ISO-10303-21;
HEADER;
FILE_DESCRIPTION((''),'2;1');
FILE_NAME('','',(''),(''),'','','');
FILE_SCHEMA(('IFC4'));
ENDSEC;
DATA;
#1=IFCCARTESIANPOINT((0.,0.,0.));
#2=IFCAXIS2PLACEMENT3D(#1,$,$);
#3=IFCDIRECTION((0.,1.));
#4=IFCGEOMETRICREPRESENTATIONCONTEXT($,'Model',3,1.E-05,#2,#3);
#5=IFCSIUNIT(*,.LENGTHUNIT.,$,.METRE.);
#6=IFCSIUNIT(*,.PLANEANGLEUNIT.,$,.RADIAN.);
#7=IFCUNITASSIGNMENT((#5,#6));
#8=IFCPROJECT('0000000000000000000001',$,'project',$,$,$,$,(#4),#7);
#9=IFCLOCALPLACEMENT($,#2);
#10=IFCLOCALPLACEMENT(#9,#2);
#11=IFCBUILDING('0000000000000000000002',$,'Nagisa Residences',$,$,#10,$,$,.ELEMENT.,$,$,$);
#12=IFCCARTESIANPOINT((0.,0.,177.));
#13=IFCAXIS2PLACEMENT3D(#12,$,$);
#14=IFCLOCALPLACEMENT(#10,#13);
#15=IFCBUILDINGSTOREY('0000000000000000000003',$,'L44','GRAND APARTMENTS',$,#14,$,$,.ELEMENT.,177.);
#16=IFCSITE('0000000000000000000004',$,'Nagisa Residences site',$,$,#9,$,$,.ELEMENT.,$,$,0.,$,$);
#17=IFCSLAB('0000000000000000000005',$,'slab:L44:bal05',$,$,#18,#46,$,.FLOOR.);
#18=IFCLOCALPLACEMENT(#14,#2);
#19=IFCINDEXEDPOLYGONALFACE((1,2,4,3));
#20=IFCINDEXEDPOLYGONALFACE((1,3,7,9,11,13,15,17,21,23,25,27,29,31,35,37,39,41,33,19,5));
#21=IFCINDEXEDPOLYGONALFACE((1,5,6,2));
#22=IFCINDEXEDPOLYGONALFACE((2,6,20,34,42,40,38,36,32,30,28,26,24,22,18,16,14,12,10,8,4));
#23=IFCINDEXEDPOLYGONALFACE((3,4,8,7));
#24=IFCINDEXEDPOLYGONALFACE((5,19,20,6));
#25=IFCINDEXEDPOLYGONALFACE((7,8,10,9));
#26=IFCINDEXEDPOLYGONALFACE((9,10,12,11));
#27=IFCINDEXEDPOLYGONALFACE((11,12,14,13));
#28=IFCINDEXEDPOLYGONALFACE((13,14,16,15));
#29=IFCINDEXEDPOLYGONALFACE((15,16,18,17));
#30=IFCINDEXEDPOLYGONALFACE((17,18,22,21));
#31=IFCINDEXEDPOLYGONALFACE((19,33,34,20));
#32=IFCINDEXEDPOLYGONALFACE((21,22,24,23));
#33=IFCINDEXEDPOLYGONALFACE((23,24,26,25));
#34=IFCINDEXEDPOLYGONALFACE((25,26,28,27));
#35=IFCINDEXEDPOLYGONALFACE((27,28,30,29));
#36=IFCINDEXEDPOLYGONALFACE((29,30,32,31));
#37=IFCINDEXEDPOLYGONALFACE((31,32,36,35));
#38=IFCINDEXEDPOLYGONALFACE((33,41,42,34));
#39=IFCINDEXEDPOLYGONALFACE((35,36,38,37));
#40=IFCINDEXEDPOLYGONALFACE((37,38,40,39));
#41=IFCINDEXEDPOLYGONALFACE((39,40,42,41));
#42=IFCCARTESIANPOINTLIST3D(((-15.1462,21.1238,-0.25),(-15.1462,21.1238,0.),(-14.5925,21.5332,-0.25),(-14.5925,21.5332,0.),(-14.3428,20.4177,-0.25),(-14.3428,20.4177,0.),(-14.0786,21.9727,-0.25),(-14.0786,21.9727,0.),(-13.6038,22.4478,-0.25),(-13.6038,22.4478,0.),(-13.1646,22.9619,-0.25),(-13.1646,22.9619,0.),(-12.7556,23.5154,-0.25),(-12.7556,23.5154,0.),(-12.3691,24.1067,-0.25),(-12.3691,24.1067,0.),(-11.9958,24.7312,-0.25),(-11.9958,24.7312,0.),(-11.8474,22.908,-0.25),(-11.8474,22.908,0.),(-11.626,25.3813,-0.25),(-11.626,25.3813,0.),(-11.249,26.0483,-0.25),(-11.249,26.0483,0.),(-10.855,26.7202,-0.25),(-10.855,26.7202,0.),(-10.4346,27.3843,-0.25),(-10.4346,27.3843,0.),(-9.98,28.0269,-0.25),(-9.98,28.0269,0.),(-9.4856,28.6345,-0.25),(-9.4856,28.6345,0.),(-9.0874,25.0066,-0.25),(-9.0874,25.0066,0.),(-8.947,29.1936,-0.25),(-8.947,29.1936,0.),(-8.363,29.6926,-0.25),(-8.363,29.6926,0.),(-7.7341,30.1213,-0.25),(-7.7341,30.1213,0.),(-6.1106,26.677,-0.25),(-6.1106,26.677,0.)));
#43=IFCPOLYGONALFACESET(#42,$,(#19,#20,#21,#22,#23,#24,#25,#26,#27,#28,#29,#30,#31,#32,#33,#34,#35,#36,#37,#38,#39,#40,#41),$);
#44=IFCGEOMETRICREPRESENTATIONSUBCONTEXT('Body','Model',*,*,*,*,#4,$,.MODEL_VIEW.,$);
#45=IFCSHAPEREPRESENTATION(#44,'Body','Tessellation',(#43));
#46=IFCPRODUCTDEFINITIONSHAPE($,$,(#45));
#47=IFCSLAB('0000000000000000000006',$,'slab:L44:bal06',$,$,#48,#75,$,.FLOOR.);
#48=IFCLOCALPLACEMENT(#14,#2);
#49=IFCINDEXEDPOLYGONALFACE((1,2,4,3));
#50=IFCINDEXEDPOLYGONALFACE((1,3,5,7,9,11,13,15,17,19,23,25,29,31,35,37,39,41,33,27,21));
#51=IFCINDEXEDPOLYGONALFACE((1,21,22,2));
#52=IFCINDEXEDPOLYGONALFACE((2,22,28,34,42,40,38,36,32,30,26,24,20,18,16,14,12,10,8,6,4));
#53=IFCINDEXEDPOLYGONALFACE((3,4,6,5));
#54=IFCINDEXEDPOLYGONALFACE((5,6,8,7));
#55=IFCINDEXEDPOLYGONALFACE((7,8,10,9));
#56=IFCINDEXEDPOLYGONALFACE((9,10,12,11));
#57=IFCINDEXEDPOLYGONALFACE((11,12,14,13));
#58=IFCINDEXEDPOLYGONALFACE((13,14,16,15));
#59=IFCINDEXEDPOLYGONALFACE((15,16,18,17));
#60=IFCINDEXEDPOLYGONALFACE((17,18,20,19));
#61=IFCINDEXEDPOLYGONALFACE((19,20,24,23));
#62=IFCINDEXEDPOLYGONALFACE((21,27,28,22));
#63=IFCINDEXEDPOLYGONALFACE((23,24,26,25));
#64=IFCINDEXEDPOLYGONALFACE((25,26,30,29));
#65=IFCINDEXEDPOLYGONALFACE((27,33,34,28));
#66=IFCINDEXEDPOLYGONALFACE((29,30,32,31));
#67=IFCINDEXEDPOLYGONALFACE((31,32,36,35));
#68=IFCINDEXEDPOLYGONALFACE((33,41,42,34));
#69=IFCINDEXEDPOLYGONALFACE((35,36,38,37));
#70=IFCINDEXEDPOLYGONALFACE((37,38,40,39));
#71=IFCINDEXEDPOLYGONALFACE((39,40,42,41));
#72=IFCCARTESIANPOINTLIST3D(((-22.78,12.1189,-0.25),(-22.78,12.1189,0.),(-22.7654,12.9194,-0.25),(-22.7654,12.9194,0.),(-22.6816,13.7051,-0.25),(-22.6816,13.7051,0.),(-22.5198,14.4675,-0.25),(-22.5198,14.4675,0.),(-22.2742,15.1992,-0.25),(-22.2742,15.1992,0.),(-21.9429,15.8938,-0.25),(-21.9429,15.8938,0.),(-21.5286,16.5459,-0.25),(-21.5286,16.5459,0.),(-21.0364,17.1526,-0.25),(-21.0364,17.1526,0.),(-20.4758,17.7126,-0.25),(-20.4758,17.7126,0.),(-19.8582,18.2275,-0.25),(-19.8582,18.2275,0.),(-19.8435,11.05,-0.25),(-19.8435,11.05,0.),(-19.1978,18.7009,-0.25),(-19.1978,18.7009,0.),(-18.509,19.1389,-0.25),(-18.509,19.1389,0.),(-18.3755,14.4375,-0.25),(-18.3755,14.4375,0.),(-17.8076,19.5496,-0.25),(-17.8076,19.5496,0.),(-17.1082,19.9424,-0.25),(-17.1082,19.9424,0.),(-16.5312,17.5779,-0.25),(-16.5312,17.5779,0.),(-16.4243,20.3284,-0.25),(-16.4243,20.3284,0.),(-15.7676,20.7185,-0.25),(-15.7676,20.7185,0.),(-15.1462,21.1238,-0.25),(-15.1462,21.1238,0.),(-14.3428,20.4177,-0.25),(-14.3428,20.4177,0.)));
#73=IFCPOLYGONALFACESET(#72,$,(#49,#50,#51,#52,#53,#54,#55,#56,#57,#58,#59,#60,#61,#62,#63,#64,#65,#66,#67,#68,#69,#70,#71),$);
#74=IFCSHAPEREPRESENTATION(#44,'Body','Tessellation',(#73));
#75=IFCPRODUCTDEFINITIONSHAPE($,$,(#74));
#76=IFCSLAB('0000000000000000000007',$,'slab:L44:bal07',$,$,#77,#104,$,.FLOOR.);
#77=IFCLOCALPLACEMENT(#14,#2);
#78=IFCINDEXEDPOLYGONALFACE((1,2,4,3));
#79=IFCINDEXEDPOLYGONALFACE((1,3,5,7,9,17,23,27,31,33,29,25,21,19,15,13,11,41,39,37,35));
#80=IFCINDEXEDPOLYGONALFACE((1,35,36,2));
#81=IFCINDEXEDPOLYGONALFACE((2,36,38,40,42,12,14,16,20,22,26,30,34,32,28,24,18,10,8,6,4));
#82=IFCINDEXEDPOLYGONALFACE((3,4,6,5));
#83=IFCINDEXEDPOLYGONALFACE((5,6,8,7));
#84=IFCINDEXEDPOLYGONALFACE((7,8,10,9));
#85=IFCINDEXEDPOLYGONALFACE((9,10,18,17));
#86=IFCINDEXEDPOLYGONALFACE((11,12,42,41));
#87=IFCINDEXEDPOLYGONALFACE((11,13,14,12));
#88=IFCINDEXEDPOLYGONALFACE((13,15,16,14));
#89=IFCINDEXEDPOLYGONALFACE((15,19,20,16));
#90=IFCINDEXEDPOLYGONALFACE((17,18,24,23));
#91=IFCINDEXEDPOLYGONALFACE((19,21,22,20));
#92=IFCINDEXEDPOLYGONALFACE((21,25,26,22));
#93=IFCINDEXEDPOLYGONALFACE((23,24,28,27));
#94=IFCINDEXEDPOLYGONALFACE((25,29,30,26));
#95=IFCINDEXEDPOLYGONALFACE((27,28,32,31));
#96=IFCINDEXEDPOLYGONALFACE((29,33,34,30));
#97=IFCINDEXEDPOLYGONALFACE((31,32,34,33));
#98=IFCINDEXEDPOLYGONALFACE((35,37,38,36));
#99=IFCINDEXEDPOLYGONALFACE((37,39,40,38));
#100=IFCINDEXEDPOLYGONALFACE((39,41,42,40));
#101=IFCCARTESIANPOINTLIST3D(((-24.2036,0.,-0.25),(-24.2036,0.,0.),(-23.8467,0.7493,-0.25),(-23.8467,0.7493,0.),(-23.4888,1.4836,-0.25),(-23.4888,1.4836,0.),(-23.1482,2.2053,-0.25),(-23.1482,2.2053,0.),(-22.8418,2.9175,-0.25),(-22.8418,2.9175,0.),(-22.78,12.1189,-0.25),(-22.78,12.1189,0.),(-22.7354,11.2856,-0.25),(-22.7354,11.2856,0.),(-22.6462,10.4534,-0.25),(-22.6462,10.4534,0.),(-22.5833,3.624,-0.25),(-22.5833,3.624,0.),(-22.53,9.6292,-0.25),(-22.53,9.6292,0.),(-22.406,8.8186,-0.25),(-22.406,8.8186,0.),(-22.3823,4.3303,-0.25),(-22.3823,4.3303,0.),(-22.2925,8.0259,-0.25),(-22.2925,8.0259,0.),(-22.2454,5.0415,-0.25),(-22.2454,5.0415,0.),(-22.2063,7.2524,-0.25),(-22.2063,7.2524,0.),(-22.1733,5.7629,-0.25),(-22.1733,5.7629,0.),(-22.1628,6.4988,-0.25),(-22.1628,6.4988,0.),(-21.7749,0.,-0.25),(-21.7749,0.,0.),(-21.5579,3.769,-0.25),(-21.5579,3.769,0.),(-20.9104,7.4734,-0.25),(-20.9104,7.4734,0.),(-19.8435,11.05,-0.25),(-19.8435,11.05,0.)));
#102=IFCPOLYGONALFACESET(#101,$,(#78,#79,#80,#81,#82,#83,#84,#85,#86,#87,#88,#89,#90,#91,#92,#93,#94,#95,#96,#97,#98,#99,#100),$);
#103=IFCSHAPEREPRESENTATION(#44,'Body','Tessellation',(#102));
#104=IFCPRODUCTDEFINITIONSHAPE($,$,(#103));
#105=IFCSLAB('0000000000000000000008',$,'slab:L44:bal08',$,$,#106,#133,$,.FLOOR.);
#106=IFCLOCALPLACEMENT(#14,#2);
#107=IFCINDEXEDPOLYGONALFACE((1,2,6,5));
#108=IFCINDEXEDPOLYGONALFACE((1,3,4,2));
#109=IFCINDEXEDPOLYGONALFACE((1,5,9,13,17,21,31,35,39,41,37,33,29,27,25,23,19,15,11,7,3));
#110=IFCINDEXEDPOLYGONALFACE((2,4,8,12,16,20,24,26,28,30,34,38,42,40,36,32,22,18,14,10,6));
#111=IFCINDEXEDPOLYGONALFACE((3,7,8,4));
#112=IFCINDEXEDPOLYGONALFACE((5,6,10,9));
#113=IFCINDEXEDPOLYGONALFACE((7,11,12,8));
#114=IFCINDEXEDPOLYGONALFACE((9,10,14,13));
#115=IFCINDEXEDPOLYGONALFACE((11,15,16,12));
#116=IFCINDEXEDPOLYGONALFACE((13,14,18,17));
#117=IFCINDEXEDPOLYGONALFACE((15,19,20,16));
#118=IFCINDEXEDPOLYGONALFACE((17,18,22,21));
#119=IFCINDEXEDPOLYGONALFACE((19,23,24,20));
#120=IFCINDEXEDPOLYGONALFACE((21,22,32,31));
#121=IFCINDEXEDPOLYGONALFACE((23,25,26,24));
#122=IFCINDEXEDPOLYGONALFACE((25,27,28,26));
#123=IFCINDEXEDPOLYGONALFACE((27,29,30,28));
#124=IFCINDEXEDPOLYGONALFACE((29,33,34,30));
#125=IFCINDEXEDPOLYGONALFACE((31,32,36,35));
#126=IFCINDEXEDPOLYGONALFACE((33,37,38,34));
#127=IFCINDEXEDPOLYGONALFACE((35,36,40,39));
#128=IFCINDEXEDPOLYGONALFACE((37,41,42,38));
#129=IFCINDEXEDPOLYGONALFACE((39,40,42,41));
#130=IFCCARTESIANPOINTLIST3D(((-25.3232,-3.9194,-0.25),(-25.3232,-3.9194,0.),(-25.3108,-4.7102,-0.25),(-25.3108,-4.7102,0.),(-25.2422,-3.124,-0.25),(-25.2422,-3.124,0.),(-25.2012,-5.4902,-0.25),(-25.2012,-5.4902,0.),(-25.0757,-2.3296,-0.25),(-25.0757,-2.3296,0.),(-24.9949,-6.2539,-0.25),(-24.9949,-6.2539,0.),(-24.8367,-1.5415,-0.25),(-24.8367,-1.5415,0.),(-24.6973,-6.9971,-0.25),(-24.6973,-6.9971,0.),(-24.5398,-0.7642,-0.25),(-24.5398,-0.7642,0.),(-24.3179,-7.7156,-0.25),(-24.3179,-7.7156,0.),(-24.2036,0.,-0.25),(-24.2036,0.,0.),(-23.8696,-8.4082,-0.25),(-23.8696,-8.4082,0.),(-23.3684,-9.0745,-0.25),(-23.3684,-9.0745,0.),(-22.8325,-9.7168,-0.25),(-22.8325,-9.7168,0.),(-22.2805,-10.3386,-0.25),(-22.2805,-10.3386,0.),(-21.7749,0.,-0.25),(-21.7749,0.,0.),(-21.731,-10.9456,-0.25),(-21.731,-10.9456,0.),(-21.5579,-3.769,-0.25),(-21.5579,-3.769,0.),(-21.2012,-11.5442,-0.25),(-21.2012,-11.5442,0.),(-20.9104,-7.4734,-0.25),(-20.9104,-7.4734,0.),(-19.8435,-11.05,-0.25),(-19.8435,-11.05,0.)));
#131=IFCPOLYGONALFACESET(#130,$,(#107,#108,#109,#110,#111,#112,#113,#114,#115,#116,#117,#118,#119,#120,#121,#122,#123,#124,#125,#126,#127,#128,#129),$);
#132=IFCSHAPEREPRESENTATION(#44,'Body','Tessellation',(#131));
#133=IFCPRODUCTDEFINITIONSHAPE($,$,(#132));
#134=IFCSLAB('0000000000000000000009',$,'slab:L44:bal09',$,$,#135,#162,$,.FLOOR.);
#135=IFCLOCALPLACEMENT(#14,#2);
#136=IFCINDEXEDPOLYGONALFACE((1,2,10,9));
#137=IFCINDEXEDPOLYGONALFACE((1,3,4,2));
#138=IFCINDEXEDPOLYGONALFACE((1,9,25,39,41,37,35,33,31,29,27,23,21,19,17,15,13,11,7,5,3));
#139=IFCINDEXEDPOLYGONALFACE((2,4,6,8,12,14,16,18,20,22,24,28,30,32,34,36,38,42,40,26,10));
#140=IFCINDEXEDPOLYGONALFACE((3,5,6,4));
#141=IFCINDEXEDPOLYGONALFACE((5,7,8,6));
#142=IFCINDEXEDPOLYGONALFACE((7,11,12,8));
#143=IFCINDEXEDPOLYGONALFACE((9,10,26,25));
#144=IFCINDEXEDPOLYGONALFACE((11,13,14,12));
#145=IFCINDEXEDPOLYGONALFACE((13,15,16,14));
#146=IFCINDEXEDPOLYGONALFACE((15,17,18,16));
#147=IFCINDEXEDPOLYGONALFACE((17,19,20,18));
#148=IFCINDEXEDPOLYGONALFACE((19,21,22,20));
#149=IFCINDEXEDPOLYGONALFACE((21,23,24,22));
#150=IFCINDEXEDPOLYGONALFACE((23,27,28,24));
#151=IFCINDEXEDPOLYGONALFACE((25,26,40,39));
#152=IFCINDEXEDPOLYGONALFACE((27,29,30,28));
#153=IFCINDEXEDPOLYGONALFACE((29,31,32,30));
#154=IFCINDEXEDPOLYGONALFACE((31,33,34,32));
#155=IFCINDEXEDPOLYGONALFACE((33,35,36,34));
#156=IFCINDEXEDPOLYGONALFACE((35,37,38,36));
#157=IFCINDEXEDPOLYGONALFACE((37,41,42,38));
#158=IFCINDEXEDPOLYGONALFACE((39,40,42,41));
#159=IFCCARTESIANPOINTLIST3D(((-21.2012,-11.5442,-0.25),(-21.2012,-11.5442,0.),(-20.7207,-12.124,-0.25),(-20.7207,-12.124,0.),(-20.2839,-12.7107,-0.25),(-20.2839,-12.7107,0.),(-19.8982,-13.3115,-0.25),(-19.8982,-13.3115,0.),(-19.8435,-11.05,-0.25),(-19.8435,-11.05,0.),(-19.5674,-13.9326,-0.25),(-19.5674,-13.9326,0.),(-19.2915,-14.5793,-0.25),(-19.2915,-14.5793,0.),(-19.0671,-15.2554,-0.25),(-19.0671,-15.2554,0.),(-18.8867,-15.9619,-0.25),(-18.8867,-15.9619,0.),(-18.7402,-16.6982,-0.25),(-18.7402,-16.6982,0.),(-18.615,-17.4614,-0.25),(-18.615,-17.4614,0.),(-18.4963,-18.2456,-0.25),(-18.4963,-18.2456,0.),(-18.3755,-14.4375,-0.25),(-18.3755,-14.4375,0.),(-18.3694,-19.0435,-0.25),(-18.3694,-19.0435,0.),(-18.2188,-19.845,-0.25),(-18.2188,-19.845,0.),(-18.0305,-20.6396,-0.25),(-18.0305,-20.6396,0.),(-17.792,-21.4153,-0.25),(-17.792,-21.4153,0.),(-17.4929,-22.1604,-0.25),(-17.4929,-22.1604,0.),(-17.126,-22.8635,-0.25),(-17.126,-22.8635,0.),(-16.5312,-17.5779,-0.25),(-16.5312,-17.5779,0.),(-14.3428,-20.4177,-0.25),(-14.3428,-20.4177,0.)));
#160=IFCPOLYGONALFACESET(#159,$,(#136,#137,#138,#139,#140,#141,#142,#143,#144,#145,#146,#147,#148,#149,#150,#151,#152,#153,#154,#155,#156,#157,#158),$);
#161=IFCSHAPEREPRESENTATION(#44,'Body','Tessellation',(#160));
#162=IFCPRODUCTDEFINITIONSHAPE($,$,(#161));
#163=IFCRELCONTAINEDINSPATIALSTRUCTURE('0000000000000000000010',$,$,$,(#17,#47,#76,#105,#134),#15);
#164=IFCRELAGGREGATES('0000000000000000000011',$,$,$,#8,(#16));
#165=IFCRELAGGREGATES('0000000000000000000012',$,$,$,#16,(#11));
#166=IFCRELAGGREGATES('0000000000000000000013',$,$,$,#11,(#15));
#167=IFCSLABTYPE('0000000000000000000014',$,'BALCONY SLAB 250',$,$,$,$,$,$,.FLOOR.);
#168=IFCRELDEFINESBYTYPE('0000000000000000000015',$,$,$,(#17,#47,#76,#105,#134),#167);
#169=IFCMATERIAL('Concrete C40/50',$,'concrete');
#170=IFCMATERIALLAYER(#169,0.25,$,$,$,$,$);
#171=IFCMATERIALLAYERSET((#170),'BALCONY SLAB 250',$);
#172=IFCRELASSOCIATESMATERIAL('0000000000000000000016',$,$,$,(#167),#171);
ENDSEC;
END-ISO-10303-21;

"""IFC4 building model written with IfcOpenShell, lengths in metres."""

from ifc_helpers import new_model, si_unit, direction, frame, origin, place, context, subcontext, project, spatial, polyline, outline, extrude, material, layer, layer_set, type_object, element, save


model = new_model("IFC4")

# Units and contexts
model_context = context("Model", 3, precision=1e-05, world=origin(), true_north=direction((0.0, 1.0)))
body_context = subcontext(model_context, "Body", "Model", "MODEL_VIEW")
ifc_project = project(units=[si_unit("LENGTHUNIT", "METRE"), si_unit("PLANEANGLEUNIT", "RADIAN")], contexts=[model_context])

# Site, building, storey
site_placement = place(None, origin())
site = spatial("IfcSite", under=ifc_project, at=site_placement, Name="Nagisa Residences site", CompositionType="ELEMENT", RefElevation=0.0)
building_placement = place(site_placement, origin())
building = spatial("IfcBuilding", under=site, at=building_placement, Name="Nagisa Residences", CompositionType="ELEMENT")
storey_placement = place(building_placement, frame((0.0, 0.0, 177.0)))
storey = spatial("IfcBuildingStorey", under=building, at=storey_placement, Name="L44", Description="GRAND APARTMENTS", CompositionType="ELEMENT", Elevation=177.0)

# Slabs
ifc_material_1 = material(Name="Concrete C40/50", Category="concrete")
ifc_layer_1 = layer(ifc_material_1, 0.25)
ifc_layer_set_1 = layer_set([ifc_layer_1], Name="BALCONY SLAB 250")
slab_type_1 = type_object("IfcSlabType", Name="BALCONY SLAB 250", PredefinedType="FLOOR", material=ifc_layer_set_1)
slab_1_placement = place(storey_placement, frame((0.0, 0.0, -0.25)))
element("IfcSlab", 1, at=slab_1_placement, inside=storey, type_object=slab_type_1, Name="slab:L44:bal05", PredefinedType="FLOOR", context=body_context, shape_type="SweptSolid", body=[
    extrude(outline(polyline([(-7.7341, 30.1213), (-8.363, 29.6926), (-8.947, 29.1936), (-9.4856, 28.6345), (-9.98, 28.0269), (-10.4346, 27.3843), (-10.855, 26.7202), (-11.249, 26.0483), (-11.626, 25.3813), (-11.9958, 24.7312), (-12.3691, 24.1067), (-12.7556, 23.5154), (-13.1646, 22.9619), (-13.6038, 22.4478), (-14.0786, 21.9727), (-14.5925, 21.5332), (-15.1462, 21.1238), (-14.3428, 20.4177), (-11.8474, 22.908), (-9.0874, 25.0066), (-6.1106, 26.677), (-7.7341, 30.1213)])), origin(), (0.0, 0.0, 1.0), 0.25),
])
slab_2_placement = place(storey_placement, frame((0.0, 0.0, -0.25)))
element("IfcSlab", 2, at=slab_2_placement, inside=storey, type_object=slab_type_1, Name="slab:L44:bal06", PredefinedType="FLOOR", context=body_context, shape_type="SweptSolid", body=[
    extrude(outline(polyline([(-15.1462, 21.1238), (-15.7676, 20.7185), (-16.4243, 20.3284), (-17.1082, 19.9424), (-17.8076, 19.5496), (-18.509, 19.1389), (-19.1978, 18.7009), (-19.8582, 18.2275), (-20.4758, 17.7126), (-21.0364, 17.1526), (-21.5286, 16.5459), (-21.9429, 15.8938), (-22.2742, 15.1992), (-22.5198, 14.4675), (-22.6816, 13.7051), (-22.7654, 12.9194), (-22.78, 12.1189), (-19.8435, 11.05), (-18.3755, 14.4375), (-16.5312, 17.5779), (-14.3428, 20.4177), (-15.1462, 21.1238)])), origin(), (0.0, 0.0, 1.0), 0.25),
])
slab_3_placement = place(storey_placement, frame((0.0, 0.0, -0.25)))
element("IfcSlab", 3, at=slab_3_placement, inside=storey, type_object=slab_type_1, Name="slab:L44:bal07", PredefinedType="FLOOR", context=body_context, shape_type="SweptSolid", body=[
    extrude(outline(polyline([(-22.78, 12.1189), (-22.7354, 11.2856), (-22.6462, 10.4534), (-22.53, 9.6292), (-22.406, 8.8186), (-22.2925, 8.0259), (-22.2063, 7.2524), (-22.1628, 6.4988), (-22.1733, 5.7629), (-22.2454, 5.0415), (-22.3823, 4.3303), (-22.5833, 3.624), (-22.8418, 2.9175), (-23.1482, 2.2053), (-23.4888, 1.4836), (-23.8467, 0.7493), (-24.2036, 0.0), (-21.7749, 0.0), (-21.5579, 3.769), (-20.9104, 7.4734), (-19.8435, 11.05), (-22.78, 12.1189)])), origin(), (0.0, 0.0, 1.0), 0.25),
])
slab_4_placement = place(storey_placement, frame((0.0, 0.0, -0.25)))
element("IfcSlab", 4, at=slab_4_placement, inside=storey, type_object=slab_type_1, Name="slab:L44:bal08", PredefinedType="FLOOR", context=body_context, shape_type="SweptSolid", body=[
    extrude(outline(polyline([(-24.2036, 0.0), (-24.5398, -0.7642), (-24.8367, -1.5415), (-25.0757, -2.3296), (-25.2422, -3.124), (-25.3232, -3.9194), (-25.3108, -4.7102), (-25.2012, -5.4902), (-24.9949, -6.2539), (-24.6973, -6.9971), (-24.3179, -7.7156), (-23.8696, -8.4082), (-23.3684, -9.0745), (-22.8325, -9.7168), (-22.2805, -10.3386), (-21.731, -10.9456), (-21.2012, -11.5442), (-19.8435, -11.05), (-20.9104, -7.4734), (-21.5579, -3.769), (-21.7749, 0.0), (-24.2036, 0.0)])), origin(), (0.0, 0.0, 1.0), 0.25),
])
slab_5_placement = place(storey_placement, frame((0.0, 0.0, -0.25)))
element("IfcSlab", 5, at=slab_5_placement, inside=storey, type_object=slab_type_1, Name="slab:L44:bal09", PredefinedType="FLOOR", context=body_context, shape_type="SweptSolid", body=[
    extrude(outline(polyline([(-21.2012, -11.5442), (-20.7207, -12.124), (-20.2839, -12.7107), (-19.8982, -13.3115), (-19.5674, -13.9326), (-19.2915, -14.5793), (-19.0671, -15.2554), (-18.8867, -15.9619), (-18.7402, -16.6982), (-18.615, -17.4614), (-18.4963, -18.2456), (-18.3694, -19.0435), (-18.2188, -19.845), (-18.0305, -20.6396), (-17.792, -21.4153), (-17.4929, -22.1604), (-17.126, -22.8635), (-14.3428, -20.4177), (-16.5312, -17.5779), (-18.3755, -14.4375), (-19.8435, -11.05), (-21.2012, -11.5442)])), origin(), (0.0, 0.0, 1.0), 0.25),
])

save(model, "model.ifc")
